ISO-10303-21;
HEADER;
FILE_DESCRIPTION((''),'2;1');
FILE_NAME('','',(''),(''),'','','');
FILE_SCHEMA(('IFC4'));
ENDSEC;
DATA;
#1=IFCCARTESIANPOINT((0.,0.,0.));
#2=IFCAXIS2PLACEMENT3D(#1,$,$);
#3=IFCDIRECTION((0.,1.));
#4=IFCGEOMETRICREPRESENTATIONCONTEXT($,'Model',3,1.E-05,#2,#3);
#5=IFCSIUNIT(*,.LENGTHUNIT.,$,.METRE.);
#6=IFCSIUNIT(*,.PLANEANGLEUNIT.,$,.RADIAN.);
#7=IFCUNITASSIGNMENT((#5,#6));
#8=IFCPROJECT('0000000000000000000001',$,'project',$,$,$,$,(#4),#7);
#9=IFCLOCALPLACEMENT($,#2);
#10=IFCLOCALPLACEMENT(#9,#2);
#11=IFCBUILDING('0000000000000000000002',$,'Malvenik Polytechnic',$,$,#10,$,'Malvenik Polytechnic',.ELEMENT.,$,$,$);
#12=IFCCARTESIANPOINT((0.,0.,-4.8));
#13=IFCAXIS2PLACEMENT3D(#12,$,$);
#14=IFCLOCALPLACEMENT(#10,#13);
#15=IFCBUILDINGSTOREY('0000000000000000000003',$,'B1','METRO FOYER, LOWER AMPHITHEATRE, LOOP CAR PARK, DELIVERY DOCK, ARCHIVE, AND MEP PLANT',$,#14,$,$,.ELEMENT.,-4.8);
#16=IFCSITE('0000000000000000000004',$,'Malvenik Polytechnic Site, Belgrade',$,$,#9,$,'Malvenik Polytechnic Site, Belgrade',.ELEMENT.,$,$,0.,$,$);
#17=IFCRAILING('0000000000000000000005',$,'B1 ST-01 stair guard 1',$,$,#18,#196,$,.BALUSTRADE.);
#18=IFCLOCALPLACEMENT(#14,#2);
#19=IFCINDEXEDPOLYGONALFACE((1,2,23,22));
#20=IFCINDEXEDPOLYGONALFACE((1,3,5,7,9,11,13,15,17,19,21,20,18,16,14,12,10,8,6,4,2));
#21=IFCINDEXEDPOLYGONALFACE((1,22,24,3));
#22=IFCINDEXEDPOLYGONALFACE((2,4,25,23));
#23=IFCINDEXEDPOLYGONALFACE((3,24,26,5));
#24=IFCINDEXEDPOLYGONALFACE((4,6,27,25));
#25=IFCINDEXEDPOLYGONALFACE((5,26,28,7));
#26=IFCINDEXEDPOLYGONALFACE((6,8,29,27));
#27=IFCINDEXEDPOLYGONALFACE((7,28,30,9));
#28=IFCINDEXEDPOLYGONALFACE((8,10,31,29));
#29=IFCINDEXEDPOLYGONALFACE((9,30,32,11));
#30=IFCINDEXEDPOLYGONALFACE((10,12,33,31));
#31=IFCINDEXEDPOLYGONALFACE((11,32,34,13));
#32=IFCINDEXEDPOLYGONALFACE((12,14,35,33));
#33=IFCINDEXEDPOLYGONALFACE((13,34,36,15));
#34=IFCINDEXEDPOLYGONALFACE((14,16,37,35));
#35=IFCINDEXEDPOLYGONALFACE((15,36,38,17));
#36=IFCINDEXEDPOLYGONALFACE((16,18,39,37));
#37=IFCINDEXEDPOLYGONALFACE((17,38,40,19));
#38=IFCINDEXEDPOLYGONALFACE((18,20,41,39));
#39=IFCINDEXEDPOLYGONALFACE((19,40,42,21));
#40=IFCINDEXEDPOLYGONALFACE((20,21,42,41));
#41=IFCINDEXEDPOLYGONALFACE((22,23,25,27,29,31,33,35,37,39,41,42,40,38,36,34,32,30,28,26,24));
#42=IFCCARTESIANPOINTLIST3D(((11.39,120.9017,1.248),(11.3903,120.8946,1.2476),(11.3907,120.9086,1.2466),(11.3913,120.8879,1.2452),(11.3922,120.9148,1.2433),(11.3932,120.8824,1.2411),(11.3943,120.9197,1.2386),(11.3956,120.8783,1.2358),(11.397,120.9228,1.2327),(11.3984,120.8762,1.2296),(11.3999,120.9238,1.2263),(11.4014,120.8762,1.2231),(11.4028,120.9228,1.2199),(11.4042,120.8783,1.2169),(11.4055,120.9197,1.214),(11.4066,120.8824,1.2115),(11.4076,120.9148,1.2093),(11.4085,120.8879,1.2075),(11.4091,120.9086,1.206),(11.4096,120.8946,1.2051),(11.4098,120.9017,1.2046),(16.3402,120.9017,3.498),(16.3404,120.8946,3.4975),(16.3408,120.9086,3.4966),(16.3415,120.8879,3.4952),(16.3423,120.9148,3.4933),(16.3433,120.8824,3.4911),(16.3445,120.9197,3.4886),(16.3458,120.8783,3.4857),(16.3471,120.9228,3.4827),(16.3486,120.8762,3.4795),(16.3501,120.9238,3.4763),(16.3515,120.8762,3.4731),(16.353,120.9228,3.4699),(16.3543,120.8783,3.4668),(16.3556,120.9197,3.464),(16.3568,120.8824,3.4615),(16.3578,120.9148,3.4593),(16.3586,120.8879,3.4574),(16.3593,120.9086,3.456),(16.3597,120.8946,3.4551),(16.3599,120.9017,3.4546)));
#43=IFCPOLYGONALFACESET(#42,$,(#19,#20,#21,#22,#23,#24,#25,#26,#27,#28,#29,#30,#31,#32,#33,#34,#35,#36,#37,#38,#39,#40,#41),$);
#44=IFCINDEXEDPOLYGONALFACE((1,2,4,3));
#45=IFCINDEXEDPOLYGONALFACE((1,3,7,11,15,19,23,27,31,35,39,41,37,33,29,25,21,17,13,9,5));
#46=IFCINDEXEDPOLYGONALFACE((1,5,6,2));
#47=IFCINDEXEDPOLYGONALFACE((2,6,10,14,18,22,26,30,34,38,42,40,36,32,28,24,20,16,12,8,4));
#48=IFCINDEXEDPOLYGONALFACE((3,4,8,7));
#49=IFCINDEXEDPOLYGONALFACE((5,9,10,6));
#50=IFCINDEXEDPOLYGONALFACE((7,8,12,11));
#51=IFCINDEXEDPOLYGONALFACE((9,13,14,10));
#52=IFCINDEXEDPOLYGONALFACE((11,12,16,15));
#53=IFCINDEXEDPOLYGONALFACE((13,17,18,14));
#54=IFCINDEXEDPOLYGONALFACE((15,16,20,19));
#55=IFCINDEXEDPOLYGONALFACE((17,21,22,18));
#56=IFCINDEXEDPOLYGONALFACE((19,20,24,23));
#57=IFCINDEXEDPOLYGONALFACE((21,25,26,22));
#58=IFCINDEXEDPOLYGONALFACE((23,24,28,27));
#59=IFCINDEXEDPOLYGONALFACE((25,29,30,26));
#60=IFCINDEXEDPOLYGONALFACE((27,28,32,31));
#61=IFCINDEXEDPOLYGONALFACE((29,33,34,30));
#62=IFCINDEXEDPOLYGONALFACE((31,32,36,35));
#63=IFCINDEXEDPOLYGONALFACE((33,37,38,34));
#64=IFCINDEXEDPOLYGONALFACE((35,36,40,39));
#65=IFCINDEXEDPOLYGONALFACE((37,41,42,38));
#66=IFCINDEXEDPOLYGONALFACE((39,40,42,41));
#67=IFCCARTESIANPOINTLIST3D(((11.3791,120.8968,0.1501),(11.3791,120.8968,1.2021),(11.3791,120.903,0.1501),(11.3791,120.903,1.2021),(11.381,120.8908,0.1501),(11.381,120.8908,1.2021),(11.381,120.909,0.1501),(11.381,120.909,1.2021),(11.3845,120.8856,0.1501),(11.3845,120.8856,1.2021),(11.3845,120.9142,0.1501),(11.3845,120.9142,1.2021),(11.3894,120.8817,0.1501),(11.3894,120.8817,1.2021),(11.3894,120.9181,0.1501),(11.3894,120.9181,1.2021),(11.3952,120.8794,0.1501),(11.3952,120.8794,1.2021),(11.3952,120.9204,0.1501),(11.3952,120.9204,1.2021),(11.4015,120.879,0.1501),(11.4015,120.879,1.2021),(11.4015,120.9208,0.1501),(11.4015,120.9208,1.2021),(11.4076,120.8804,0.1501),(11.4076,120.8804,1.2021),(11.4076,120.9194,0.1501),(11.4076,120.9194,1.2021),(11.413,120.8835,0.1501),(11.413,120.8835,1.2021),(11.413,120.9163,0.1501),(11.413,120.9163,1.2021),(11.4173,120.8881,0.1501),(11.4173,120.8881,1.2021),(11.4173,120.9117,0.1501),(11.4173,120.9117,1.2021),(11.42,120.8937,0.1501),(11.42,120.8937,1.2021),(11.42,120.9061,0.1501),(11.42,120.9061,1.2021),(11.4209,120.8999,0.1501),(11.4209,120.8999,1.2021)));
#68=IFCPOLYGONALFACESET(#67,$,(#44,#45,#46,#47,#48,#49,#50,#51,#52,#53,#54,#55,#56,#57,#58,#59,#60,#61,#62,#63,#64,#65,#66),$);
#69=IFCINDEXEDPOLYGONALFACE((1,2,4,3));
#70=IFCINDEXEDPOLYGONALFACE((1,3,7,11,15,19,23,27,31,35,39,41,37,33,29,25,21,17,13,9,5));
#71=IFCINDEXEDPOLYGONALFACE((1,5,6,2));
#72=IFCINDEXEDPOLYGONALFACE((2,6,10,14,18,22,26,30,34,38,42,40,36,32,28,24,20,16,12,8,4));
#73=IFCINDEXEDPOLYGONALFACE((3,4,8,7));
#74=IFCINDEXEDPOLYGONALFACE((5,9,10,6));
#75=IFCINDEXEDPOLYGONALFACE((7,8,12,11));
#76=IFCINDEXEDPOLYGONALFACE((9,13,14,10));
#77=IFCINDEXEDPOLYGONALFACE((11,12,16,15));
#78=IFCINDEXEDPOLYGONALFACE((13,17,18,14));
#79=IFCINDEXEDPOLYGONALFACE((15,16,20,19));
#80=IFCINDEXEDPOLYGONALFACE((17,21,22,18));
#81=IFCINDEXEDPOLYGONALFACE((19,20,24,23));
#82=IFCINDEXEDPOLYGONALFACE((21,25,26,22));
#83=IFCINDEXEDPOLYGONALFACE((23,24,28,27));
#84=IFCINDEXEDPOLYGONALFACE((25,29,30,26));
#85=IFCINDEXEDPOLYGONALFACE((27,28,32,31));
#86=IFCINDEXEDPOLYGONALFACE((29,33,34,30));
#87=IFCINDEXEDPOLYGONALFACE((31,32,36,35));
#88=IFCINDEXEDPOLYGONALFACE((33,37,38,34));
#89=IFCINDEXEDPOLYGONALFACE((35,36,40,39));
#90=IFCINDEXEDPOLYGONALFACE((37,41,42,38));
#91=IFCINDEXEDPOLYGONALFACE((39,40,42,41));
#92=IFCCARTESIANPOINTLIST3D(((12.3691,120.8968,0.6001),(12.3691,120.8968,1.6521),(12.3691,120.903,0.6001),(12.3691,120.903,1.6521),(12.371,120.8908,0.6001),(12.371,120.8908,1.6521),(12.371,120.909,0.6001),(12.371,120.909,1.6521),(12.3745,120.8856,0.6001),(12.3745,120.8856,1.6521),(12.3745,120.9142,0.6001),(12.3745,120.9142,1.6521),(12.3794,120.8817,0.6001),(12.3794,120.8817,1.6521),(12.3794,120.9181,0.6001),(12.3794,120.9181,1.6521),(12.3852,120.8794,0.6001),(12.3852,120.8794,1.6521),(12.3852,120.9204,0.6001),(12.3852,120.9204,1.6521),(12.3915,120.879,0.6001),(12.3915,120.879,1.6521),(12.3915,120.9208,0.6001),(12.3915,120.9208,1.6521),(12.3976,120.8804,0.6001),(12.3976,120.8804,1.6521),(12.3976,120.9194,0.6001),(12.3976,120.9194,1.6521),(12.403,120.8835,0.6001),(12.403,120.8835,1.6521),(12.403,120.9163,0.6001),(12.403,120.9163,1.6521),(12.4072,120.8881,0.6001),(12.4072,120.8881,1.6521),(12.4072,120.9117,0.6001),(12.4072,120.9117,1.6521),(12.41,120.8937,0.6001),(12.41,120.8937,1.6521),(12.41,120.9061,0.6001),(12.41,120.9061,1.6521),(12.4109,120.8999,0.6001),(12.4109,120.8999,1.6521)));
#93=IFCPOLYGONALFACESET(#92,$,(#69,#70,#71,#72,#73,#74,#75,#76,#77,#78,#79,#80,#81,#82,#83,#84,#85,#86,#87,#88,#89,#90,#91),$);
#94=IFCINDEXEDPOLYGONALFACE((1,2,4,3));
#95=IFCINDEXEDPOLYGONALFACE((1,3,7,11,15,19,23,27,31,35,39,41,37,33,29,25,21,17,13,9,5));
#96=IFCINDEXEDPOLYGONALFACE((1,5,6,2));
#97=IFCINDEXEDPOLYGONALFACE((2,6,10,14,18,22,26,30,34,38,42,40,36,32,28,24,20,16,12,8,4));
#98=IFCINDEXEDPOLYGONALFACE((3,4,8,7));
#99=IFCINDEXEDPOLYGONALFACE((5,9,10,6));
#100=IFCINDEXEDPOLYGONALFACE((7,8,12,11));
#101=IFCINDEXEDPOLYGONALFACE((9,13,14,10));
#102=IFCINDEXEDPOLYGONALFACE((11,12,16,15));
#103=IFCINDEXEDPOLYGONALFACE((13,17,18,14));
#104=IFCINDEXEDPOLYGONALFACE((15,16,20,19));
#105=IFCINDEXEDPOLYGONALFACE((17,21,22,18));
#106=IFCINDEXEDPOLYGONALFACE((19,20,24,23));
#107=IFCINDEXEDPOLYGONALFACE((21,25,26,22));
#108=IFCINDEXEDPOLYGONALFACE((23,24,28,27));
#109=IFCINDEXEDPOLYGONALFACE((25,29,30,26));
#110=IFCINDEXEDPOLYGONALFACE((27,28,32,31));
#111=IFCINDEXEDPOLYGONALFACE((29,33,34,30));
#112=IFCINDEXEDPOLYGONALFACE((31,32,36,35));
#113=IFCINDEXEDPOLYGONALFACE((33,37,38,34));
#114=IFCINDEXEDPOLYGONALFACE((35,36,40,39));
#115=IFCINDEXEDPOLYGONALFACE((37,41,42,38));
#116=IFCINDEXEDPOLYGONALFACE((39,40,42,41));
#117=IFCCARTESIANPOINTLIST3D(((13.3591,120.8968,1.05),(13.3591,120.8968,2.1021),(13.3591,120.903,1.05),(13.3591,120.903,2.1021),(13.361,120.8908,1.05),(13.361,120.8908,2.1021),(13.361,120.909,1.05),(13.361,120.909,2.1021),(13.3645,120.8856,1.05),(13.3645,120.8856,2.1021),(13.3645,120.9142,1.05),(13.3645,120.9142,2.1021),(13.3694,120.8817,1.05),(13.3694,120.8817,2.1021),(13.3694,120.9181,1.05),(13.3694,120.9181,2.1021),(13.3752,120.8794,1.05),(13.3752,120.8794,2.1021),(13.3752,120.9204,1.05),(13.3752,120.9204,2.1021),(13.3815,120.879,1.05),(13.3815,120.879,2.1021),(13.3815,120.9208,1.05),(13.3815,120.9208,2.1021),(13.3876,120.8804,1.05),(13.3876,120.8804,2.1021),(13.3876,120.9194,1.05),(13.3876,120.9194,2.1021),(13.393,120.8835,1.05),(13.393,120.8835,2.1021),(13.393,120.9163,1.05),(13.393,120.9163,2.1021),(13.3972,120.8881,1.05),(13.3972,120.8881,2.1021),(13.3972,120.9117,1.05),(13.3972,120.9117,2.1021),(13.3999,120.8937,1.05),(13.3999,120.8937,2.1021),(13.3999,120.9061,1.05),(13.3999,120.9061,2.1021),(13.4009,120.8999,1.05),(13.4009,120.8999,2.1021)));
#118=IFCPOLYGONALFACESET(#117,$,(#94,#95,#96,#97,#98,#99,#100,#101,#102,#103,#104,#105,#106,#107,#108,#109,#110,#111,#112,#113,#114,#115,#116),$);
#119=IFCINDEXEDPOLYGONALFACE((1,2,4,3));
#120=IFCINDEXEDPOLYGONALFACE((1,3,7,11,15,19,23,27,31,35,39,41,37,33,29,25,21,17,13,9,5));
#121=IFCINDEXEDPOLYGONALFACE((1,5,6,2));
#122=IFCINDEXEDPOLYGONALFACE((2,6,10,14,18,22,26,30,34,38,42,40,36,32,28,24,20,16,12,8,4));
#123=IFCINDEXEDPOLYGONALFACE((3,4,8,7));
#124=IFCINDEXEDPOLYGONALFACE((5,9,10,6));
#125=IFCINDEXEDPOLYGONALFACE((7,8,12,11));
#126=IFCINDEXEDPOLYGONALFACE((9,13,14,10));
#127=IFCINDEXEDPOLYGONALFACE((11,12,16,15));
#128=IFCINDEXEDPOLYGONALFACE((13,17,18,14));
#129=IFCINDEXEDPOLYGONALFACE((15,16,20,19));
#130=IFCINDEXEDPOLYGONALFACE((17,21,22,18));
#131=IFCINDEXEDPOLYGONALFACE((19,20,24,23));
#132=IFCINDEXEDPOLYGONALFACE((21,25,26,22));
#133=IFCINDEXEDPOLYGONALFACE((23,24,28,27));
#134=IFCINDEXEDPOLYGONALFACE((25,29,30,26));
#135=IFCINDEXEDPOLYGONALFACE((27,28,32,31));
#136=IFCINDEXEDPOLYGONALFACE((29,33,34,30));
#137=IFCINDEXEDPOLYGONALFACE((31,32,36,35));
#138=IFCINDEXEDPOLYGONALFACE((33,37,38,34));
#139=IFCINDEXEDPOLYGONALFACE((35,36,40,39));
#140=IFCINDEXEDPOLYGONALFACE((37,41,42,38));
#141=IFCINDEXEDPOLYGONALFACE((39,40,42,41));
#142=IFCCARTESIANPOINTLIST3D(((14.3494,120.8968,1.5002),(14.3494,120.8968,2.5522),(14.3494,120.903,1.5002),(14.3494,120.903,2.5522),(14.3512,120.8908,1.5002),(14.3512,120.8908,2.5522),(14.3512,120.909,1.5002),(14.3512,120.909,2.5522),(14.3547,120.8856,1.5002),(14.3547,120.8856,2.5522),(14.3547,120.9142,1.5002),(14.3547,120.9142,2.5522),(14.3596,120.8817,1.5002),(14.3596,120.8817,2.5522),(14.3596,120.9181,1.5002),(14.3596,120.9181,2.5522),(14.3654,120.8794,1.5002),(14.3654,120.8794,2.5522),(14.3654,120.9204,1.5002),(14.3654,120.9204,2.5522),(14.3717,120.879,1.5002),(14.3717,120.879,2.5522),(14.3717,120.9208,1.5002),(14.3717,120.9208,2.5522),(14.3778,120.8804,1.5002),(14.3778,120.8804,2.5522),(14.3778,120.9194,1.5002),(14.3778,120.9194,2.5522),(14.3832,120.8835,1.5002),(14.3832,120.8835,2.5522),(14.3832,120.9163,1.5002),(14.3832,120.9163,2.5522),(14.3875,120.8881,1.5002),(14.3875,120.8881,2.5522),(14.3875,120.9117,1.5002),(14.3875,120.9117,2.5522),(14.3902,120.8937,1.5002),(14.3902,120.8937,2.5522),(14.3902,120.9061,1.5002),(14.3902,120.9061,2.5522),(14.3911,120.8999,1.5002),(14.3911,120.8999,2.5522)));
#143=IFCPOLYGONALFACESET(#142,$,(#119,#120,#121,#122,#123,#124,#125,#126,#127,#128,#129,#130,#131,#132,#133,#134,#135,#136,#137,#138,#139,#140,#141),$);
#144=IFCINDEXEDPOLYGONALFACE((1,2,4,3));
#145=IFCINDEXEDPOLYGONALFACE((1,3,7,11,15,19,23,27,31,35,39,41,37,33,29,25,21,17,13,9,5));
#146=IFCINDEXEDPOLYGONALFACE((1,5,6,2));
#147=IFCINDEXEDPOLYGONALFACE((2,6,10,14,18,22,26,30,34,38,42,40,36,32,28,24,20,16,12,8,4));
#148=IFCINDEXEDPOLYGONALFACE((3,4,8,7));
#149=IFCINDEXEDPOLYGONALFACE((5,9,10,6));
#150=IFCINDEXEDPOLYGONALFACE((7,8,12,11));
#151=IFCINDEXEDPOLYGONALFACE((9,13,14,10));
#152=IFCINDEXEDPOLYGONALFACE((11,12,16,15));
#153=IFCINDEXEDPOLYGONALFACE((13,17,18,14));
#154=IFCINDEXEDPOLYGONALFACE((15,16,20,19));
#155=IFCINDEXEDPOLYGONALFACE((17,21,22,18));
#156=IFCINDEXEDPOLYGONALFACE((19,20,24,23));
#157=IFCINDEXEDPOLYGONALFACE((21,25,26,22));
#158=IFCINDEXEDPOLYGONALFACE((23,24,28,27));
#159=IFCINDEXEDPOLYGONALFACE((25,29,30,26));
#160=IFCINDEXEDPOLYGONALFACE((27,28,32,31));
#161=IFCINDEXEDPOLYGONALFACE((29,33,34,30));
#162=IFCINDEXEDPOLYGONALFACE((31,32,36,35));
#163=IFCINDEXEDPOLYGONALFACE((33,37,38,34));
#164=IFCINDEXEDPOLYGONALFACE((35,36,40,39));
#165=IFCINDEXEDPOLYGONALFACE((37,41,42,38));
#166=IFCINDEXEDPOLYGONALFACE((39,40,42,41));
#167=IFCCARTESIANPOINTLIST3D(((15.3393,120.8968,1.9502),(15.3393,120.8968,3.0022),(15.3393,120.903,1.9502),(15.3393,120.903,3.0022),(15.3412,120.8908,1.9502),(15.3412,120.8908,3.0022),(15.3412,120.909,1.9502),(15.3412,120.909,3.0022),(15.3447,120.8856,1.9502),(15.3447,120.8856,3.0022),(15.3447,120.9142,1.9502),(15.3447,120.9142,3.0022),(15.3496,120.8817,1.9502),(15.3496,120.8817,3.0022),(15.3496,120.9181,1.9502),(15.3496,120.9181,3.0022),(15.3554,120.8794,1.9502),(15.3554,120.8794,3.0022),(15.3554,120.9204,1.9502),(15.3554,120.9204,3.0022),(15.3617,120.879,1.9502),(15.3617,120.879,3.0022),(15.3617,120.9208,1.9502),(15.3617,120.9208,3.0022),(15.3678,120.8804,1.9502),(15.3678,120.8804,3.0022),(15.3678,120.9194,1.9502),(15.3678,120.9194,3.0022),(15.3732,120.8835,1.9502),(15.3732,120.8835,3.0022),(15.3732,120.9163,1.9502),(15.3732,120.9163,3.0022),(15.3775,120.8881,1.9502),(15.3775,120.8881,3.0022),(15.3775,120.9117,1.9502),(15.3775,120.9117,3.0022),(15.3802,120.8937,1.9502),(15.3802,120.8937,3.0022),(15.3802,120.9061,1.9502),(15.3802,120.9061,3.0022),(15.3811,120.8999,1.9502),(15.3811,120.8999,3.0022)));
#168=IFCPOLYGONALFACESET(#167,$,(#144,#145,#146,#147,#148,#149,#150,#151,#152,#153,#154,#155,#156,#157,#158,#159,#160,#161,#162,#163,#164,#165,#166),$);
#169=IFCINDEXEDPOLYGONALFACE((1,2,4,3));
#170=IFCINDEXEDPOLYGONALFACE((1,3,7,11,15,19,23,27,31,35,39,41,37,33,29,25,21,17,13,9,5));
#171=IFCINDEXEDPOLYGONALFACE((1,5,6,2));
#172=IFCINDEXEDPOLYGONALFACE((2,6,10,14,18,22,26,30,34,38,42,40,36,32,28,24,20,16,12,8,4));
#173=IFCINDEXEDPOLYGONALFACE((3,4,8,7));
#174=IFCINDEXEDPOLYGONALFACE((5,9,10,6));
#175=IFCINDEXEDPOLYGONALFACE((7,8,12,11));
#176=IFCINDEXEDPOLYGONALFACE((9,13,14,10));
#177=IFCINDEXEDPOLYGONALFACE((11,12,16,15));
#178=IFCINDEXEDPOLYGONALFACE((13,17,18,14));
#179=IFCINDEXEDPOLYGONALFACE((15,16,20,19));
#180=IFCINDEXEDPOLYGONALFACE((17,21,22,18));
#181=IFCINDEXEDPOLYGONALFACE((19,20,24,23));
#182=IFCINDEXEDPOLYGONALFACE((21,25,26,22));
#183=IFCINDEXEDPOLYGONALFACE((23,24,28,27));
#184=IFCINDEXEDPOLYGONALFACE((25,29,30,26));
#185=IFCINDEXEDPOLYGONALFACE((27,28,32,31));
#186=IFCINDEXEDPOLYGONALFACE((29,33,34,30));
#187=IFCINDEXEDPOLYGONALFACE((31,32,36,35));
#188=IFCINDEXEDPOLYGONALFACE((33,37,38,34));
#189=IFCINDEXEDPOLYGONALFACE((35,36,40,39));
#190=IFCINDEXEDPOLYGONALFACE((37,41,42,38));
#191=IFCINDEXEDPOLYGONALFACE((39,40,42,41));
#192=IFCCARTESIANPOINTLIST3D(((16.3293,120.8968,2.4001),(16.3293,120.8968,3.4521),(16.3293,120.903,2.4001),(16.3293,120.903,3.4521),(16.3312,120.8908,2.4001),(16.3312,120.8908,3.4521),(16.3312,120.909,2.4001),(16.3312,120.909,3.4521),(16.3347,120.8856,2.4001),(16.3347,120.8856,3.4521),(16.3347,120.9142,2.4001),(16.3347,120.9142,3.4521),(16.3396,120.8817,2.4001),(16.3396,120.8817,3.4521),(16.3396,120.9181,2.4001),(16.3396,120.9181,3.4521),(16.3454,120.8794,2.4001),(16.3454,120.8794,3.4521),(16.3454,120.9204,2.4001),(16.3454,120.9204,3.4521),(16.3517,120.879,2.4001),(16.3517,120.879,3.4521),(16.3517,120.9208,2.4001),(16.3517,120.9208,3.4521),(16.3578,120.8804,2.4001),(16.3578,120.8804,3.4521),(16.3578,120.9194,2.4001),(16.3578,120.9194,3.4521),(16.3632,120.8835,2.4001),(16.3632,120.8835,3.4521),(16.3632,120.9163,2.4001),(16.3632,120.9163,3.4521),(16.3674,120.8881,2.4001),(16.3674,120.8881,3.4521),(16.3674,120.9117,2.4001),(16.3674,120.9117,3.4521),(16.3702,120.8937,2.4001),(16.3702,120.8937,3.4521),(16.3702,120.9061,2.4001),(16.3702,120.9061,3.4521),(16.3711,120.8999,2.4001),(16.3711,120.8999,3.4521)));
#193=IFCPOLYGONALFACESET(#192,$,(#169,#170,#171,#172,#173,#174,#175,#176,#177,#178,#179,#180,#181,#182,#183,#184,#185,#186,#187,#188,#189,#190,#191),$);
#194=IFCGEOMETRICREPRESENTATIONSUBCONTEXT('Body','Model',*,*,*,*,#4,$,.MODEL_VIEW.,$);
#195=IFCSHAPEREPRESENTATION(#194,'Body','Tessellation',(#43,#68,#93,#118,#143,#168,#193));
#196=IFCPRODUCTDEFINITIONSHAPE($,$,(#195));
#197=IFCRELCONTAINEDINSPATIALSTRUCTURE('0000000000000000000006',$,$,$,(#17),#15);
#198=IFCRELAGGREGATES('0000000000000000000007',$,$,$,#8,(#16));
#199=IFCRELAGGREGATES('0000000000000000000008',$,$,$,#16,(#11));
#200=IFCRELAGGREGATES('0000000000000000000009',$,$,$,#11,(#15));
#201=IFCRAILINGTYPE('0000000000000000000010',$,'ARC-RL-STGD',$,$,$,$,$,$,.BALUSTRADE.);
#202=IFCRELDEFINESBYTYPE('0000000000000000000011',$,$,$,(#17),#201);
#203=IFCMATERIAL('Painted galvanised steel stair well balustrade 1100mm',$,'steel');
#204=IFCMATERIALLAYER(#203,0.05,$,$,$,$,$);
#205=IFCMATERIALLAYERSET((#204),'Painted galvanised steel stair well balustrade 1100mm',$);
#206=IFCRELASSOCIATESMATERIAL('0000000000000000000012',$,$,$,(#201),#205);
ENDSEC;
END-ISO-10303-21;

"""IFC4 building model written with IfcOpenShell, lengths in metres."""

from ifc_helpers import new_model, si_unit, direction, frame, origin, origin_2d, place, context, subcontext, project, spatial, circle, extrude, material, layer, layer_set, type_object, element, save


model = new_model("IFC4")

# Units and contexts
model_context = context("Model", 3, precision=1e-05, world=origin(), true_north=direction((0.0, 1.0)))
body_context = subcontext(model_context, "Body", "Model", "MODEL_VIEW")
ifc_project = project(units=[si_unit("LENGTHUNIT", "METRE"), si_unit("PLANEANGLEUNIT", "RADIAN")], contexts=[model_context])

# Site, building, storey
site_placement = place(None, origin())
site = spatial("IfcSite", under=ifc_project, at=site_placement, Name="Malvenik Polytechnic Site, Belgrade", LongName="Malvenik Polytechnic Site, Belgrade", CompositionType="ELEMENT", RefElevation=0.0)
building_placement = place(site_placement, origin())
building = spatial("IfcBuilding", under=site, at=building_placement, Name="Malvenik Polytechnic", LongName="Malvenik Polytechnic", CompositionType="ELEMENT")
storey_placement = place(building_placement, frame((0.0, 0.0, -4.8)))
storey = spatial("IfcBuildingStorey", under=building, at=storey_placement, Name="B1", Description="METRO FOYER, LOWER AMPHITHEATRE, LOOP CAR PARK, DELIVERY DOCK, ARCHIVE, AND MEP PLANT", CompositionType="ELEMENT", Elevation=-4.8)

# Railing
ifc_material_1 = material(Name="Painted galvanised steel stair well balustrade 1100mm", Category="steel")
ifc_layer_1 = layer(ifc_material_1, 0.05)
ifc_layer_set_1 = layer_set([ifc_layer_1], Name="Painted galvanised steel stair well balustrade 1100mm")
railing_type_1 = type_object("IfcRailingType", Name="ARC-RL-STGD", PredefinedType="BALUSTRADE", material=ifc_layer_set_1)
railing_1_placement = place(storey_placement, frame((11.3999, 120.8999, 0.1501)))
element("IfcRailing", 1, at=railing_1_placement, inside=storey, type_object=railing_type_1, Name="B1 ST-01 stair guard 1", PredefinedType="BALUSTRADE", context=body_context, shape_type="SweptSolid", body=[
    extrude(circle(Radius=0.0239, at=origin_2d()), frame((0.0, 0.0, 1.0762), z_axis=(0.910373, 0.0, 0.413789), x_axis=(0.0, 1.0, 0.0)), (0.0, 0.0, 1.0), 5.4375),
    extrude(circle(Radius=0.021, at=origin_2d()), origin(), (0.0, 0.0, 1.0), 1.052),
    extrude(circle(Radius=0.021, at=origin_2d()), frame((0.99, 0.0, 0.45)), (0.0, 0.0, 1.0), 1.052),
    extrude(circle(Radius=0.021, at=origin_2d()), frame((1.98, 0.0, 0.8999)), (0.0, 0.0, 1.0), 1.052),
    extrude(circle(Radius=0.021, at=origin_2d()), frame((2.9702, 0.0, 1.3501)), (0.0, 0.0, 1.0), 1.052),
    extrude(circle(Radius=0.021, at=origin_2d()), frame((3.9602, 0.0, 1.8)), (0.0, 0.0, 1.0), 1.052),
    extrude(circle(Radius=0.021, at=origin_2d()), frame((4.9502, 0.0, 2.25)), (0.0, 0.0, 1.0), 1.052),
])

save(model, "model.ifc")
